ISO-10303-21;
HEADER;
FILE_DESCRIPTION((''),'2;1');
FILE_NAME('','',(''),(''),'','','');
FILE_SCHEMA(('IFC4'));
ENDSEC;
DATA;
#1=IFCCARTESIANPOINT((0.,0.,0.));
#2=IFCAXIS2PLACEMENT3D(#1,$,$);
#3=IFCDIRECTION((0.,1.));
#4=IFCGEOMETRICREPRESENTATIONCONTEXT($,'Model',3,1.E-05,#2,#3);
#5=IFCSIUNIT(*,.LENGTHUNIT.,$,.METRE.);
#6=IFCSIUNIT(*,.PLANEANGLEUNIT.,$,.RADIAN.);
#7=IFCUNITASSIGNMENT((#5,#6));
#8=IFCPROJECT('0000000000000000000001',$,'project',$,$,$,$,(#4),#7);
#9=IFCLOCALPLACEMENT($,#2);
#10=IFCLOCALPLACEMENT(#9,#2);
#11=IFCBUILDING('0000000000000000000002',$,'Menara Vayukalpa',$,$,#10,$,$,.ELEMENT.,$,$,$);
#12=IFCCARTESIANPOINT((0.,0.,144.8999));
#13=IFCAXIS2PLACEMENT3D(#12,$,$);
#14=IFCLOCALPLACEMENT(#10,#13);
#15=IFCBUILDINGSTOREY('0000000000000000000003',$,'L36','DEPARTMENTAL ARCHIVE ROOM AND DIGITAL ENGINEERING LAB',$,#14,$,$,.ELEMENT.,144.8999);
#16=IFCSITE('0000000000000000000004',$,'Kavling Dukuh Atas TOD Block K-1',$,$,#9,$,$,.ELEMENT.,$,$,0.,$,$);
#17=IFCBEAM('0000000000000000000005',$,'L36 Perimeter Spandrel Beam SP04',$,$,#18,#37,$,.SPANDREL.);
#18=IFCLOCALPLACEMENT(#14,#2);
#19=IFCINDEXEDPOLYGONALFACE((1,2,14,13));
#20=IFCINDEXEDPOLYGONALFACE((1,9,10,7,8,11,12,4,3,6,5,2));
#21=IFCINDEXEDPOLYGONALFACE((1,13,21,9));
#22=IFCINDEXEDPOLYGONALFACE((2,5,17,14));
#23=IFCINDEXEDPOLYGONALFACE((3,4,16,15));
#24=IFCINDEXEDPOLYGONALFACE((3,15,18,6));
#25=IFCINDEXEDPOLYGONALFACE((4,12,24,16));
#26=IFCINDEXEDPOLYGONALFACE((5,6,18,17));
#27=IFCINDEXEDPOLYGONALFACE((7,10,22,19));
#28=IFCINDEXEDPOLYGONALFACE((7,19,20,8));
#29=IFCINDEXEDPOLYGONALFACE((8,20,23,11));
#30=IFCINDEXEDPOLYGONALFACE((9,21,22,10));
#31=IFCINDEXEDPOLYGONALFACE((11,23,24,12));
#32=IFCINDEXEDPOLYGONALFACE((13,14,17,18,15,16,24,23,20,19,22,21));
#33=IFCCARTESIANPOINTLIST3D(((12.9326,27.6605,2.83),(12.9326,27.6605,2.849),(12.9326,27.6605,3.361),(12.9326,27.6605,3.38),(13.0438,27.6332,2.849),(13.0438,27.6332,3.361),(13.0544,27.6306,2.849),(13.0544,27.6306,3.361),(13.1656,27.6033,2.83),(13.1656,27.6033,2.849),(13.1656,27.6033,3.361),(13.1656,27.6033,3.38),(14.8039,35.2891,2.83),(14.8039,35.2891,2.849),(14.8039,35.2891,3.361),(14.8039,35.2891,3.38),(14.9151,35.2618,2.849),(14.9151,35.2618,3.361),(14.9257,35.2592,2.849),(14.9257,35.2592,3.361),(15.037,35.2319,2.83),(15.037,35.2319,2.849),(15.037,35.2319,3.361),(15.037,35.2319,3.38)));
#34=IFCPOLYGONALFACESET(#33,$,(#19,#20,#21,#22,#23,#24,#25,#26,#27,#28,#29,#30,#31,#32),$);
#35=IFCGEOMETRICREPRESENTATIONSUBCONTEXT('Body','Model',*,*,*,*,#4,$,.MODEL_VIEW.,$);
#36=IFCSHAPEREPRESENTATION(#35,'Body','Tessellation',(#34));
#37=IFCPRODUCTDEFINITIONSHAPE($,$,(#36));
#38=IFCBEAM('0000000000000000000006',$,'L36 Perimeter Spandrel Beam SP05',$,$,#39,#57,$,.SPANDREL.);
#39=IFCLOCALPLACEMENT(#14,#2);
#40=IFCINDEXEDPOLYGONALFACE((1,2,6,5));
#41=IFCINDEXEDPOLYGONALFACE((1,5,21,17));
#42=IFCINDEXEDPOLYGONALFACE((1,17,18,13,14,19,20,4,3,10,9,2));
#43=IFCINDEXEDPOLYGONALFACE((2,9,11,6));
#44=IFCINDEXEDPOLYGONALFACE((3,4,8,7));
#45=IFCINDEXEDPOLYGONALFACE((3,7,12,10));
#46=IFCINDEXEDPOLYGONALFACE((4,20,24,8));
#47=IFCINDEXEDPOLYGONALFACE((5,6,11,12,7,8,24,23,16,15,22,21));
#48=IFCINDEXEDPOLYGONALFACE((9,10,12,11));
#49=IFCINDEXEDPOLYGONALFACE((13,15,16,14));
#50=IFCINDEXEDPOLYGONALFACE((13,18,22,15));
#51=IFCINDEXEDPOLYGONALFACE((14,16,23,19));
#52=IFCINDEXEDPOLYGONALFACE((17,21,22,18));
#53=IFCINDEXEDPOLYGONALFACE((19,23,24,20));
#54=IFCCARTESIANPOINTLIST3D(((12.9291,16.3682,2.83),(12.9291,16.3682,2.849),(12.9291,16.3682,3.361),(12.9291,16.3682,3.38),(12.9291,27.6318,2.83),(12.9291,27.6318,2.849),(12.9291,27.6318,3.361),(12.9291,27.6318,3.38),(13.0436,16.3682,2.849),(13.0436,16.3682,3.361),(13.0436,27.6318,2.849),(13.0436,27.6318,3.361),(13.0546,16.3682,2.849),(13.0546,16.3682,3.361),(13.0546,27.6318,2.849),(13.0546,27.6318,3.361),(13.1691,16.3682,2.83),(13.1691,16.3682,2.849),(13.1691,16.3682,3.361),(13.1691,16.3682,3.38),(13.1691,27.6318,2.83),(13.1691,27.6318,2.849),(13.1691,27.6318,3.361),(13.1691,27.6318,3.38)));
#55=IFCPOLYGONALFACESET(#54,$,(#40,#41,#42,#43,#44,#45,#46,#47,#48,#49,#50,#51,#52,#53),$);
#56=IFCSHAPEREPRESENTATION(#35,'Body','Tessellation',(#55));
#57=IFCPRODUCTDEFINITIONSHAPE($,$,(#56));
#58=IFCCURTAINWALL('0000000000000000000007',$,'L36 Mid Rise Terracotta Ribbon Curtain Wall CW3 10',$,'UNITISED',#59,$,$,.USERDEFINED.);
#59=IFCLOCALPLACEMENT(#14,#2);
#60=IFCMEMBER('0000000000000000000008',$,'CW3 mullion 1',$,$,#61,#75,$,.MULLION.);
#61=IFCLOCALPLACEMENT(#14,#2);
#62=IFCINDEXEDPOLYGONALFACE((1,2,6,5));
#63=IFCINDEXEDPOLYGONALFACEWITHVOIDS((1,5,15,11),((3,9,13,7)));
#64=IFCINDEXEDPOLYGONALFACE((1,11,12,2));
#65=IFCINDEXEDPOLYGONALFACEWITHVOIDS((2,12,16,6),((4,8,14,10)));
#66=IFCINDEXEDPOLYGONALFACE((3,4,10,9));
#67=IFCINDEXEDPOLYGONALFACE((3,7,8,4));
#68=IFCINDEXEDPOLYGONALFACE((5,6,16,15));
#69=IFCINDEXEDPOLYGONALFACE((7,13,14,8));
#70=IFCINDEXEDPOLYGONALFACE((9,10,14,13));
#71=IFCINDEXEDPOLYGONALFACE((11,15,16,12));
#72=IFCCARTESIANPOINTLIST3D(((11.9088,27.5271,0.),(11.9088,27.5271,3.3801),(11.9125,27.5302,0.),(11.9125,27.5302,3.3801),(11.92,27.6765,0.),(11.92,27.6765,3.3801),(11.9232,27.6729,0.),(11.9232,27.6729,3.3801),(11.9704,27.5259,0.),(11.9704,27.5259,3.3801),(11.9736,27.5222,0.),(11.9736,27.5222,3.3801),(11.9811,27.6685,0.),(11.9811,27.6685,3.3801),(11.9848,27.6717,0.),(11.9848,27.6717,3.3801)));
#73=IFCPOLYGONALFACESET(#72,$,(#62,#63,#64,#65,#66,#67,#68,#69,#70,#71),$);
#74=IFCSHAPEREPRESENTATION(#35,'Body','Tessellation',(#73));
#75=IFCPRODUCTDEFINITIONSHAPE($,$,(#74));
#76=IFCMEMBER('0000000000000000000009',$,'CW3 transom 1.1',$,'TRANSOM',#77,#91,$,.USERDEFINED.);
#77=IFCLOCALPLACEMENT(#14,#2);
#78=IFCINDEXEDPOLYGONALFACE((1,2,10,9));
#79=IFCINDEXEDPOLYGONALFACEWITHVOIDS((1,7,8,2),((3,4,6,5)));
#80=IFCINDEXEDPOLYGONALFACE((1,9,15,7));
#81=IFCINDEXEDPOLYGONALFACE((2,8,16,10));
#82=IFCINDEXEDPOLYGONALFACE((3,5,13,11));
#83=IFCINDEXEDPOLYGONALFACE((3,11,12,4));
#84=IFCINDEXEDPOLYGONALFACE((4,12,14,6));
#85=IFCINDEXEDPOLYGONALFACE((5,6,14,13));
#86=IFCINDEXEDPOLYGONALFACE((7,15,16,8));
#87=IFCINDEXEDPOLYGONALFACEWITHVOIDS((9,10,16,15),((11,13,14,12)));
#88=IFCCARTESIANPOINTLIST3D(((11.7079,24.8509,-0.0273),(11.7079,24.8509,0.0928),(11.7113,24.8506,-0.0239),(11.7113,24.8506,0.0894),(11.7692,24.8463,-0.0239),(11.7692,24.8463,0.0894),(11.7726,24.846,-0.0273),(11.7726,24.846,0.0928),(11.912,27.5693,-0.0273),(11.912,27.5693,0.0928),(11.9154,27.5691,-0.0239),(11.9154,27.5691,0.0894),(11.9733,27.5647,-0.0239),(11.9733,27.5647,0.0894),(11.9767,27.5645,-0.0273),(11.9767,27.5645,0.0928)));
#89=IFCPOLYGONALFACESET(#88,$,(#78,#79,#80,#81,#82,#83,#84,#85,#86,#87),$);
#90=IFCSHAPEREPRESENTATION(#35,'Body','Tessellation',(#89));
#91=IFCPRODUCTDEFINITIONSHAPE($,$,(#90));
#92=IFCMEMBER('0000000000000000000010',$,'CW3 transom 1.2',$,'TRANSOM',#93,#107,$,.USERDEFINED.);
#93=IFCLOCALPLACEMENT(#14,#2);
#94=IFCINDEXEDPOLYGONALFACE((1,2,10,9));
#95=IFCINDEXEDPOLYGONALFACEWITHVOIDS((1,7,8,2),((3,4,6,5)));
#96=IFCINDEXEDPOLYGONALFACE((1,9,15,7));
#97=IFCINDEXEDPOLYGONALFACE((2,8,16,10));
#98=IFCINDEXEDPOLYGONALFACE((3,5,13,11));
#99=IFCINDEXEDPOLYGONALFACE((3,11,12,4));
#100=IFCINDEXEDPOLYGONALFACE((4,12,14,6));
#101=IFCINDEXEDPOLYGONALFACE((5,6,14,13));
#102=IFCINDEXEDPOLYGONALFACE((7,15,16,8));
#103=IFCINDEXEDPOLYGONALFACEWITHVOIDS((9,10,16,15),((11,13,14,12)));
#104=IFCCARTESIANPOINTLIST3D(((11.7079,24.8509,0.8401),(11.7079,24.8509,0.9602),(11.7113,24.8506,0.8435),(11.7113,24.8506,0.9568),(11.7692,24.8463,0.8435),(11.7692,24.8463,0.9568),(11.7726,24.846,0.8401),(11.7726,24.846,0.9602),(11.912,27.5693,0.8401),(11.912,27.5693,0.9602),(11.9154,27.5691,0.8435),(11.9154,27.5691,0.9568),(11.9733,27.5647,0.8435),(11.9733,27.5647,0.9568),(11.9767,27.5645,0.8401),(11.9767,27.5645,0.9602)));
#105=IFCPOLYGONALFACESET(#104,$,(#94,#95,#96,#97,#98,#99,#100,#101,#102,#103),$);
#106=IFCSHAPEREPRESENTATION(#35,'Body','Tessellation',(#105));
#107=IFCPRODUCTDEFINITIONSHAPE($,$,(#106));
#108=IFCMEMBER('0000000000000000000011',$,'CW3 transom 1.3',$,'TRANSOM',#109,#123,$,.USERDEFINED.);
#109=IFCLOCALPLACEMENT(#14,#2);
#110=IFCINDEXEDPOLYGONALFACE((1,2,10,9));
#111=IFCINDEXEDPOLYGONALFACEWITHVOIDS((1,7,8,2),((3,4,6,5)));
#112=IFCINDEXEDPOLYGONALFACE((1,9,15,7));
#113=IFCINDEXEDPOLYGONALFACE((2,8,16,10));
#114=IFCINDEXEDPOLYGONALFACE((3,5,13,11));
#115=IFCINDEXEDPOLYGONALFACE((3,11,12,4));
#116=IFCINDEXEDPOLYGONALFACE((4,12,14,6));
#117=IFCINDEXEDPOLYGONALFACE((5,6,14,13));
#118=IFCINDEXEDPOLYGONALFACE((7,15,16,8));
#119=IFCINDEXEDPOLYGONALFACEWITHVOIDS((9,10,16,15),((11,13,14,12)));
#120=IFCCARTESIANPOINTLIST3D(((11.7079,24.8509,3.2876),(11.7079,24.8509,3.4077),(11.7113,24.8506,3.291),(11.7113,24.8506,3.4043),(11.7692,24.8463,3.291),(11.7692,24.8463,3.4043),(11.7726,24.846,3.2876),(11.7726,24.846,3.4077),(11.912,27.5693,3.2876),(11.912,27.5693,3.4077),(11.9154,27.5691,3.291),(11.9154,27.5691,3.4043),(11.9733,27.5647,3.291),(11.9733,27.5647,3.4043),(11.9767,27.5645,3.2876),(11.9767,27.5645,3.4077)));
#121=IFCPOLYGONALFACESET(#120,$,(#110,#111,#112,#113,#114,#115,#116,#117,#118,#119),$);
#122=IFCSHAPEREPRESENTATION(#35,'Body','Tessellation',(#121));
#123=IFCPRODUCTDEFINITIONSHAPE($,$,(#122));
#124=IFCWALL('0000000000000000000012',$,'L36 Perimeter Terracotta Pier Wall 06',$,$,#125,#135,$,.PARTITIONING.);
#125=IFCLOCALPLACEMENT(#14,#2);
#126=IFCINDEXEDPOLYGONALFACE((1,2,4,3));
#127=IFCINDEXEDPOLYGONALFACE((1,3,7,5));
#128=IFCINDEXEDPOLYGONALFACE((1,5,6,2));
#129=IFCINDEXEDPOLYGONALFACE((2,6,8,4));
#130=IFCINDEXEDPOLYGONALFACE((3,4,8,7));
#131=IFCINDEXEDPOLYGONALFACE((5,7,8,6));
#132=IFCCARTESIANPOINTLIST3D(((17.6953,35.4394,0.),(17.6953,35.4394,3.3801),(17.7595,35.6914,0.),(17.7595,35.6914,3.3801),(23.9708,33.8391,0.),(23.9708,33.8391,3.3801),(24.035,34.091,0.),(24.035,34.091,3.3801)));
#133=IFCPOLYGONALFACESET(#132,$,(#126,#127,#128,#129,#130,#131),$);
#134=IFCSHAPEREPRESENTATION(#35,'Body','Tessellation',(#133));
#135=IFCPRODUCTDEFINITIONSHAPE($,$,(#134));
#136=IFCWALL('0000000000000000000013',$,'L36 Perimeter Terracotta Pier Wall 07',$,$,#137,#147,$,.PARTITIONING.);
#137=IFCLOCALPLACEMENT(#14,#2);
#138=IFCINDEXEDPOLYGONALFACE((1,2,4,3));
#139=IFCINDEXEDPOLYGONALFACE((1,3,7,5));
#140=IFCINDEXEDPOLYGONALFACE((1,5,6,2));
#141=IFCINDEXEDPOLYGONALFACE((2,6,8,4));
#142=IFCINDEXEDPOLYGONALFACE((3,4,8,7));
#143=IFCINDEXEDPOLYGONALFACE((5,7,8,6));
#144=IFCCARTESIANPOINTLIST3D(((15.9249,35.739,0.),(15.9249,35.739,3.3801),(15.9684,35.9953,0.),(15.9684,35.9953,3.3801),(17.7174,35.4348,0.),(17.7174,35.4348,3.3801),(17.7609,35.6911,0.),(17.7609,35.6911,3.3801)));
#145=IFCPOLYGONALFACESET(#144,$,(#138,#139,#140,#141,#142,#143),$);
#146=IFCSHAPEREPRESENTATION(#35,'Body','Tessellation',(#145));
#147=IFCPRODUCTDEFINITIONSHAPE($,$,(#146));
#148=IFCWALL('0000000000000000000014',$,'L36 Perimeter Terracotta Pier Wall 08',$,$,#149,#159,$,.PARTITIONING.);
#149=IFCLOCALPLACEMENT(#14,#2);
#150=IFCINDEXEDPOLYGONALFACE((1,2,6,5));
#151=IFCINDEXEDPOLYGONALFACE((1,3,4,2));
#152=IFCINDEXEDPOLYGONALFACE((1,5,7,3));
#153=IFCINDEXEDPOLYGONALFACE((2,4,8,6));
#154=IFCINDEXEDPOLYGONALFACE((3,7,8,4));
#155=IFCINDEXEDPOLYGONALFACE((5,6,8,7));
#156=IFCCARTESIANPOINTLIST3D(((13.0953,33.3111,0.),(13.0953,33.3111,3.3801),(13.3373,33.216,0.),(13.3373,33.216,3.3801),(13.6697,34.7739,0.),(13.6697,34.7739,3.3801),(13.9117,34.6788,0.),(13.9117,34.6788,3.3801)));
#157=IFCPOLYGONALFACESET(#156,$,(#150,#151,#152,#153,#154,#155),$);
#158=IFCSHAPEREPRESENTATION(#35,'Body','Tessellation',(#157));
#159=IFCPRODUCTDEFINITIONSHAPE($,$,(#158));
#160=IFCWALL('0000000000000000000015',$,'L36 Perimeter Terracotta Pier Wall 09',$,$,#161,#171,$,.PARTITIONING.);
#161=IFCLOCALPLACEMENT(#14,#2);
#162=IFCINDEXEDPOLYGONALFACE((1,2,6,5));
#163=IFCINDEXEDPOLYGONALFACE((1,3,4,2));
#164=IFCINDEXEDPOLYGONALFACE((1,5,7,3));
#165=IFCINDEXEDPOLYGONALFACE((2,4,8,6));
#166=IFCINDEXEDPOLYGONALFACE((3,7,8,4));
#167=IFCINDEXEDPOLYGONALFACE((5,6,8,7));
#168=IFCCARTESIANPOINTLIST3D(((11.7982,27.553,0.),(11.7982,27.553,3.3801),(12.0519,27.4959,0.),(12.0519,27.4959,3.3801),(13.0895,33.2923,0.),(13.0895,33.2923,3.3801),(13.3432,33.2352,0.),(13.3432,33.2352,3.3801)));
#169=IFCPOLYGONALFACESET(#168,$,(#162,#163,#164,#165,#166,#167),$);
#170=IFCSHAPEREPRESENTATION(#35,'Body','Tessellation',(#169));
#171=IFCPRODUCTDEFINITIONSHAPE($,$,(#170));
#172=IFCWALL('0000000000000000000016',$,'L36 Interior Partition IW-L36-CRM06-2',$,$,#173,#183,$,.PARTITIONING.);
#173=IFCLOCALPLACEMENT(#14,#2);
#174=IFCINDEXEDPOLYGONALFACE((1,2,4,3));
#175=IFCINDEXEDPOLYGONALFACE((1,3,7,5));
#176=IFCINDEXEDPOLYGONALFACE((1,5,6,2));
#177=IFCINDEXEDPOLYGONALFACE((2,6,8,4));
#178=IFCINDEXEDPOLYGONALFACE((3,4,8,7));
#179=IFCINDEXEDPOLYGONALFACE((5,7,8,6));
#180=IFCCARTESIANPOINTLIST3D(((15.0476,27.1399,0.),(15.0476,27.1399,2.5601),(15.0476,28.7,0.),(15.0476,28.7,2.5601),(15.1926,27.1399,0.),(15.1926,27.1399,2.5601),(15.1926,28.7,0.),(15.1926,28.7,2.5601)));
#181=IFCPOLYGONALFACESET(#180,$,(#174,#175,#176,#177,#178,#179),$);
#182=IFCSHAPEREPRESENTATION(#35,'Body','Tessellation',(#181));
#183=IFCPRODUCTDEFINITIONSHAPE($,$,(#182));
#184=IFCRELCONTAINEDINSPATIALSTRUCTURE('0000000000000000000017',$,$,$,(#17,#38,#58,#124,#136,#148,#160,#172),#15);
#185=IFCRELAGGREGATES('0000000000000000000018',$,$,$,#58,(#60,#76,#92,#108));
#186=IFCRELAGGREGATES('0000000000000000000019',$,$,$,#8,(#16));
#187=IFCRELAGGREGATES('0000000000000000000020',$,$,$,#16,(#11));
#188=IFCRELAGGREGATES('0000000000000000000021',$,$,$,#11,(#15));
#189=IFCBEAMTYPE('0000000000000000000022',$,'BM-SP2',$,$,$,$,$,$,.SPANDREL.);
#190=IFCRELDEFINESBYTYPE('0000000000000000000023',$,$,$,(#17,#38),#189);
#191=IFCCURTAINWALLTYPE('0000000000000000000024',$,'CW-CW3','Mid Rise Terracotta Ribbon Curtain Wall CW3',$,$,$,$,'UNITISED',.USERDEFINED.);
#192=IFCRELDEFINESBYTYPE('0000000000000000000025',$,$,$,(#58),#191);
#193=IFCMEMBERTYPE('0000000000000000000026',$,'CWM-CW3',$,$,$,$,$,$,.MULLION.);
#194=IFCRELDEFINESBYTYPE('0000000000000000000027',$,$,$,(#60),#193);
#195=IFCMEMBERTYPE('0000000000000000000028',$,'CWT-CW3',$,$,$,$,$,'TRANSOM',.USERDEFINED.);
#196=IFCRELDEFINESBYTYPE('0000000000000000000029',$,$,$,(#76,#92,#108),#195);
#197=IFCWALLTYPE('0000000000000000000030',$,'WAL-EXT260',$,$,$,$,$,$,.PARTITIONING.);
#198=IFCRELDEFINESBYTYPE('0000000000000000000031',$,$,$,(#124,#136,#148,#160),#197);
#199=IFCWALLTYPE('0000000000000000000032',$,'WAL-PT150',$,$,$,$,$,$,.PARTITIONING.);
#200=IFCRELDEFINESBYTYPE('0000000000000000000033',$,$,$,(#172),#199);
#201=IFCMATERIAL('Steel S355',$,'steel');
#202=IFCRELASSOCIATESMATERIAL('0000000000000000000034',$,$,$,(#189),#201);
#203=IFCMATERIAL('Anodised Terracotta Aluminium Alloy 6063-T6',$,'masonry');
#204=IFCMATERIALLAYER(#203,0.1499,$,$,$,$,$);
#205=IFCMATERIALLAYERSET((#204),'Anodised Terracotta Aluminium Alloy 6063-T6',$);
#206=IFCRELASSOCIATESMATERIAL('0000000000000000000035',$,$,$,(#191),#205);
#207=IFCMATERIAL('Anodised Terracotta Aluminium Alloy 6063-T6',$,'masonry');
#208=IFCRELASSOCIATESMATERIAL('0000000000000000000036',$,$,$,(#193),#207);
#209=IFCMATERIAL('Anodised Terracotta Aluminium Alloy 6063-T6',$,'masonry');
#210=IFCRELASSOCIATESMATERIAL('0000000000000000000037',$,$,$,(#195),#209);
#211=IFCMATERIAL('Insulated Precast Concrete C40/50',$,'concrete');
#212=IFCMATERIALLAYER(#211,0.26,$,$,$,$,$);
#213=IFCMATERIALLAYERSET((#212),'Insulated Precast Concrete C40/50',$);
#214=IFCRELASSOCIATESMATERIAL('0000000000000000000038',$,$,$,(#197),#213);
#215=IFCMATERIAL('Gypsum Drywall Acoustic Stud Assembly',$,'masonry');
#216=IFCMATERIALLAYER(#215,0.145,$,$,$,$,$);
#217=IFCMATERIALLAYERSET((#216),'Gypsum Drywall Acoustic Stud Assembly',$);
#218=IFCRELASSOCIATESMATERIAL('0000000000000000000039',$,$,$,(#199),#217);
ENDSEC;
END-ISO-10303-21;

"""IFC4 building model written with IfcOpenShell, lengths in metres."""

from ifc_helpers import new_model, si_unit, direction, frame, frame_2d, origin, origin_2d, place, context, subcontext, project, spatial, rectangle, hollow_rectangle, i_section, extrude, material, layer, layer_set, material_profile, profile_set, type_object, element, aggregate, save


model = new_model("IFC4")

# Units and contexts
model_context = context("Model", 3, precision=1e-05, world=origin(), true_north=direction((0.0, 1.0)))
body_context = subcontext(model_context, "Body", "Model", "MODEL_VIEW")
ifc_project = project(units=[si_unit("LENGTHUNIT", "METRE"), si_unit("PLANEANGLEUNIT", "RADIAN")], contexts=[model_context])

# Site, building, storey
site_placement = place(None, origin())
site = spatial("IfcSite", under=ifc_project, at=site_placement, Name="Kavling Dukuh Atas TOD Block K-1", CompositionType="ELEMENT", RefElevation=0.0)
building_placement = place(site_placement, origin())
building = spatial("IfcBuilding", under=site, at=building_placement, Name="Menara Vayukalpa", CompositionType="ELEMENT")
storey_placement = place(building_placement, frame((0.0, 0.0, 144.8999)))
storey = spatial("IfcBuildingStorey", under=building, at=storey_placement, Name="L36", Description="DEPARTMENTAL ARCHIVE ROOM AND DIGITAL ENGINEERING LAB", CompositionType="ELEMENT", Elevation=144.8999)

# Beams
ifc_material_1 = material(Name="Steel S355", Category="steel")
ifc_material_profile_1 = material_profile(ifc_material_1, i_section(OverallWidth=0.24, OverallDepth=0.55, WebThickness=0.011, FlangeThickness=0.019, at=origin_2d()), Name="WF 550x240x11x19")
ifc_profile_set_1 = profile_set([ifc_material_profile_1], Name="Steel S355")
beam_type_1 = type_object("IfcBeamType", Name="BM-SP2", PredefinedType="SPANDREL", material=ifc_profile_set_1)
beam_1_placement = place(storey_placement, frame((14.9204, 35.2605, 3.105), z_axis=(-0.23824, -0.971206, 0.0), x_axis=(0.971206, -0.23824, 0.0)))
element("IfcBeam", 1, at=beam_1_placement, inside=storey, type_object=beam_type_1, Name="L36 Perimeter Spandrel Beam SP04", PredefinedType="SPANDREL", context=body_context, shape_type="SweptSolid", body=[
    extrude(i_section(OverallWidth=0.24, OverallDepth=0.55, WebThickness=0.011, FlangeThickness=0.019, at=origin_2d()), origin(), (0.0, 0.0, 1.0), 7.8547),
])
beam_2_placement = place(storey_placement, frame((13.0491, 27.6318, 3.105), z_axis=(0.0, -1.0, 0.0), x_axis=(1.0, 0.0, 0.0)))
element("IfcBeam", 2, at=beam_2_placement, inside=storey, type_object=beam_type_1, Name="L36 Perimeter Spandrel Beam SP05", PredefinedType="SPANDREL", context=body_context, shape_type="SweptSolid", body=[
    extrude(i_section(OverallWidth=0.24, OverallDepth=0.55, WebThickness=0.011, FlangeThickness=0.019, at=origin_2d()), origin(), (0.0, 0.0, 1.0), 11.2637),
])

# Curtain wall, members
ifc_material_2 = material(Name="Anodised Terracotta Aluminium Alloy 6063-T6", Category="masonry")
ifc_layer_1 = layer(ifc_material_2, 0.1499)
ifc_layer_set_1 = layer_set([ifc_layer_1], Name="Anodised Terracotta Aluminium Alloy 6063-T6")
curtain_wall_type = type_object("IfcCurtainWallType", Name="CW-CW3", Description="Mid Rise Terracotta Ribbon Curtain Wall CW3", ElementType="UNITISED", PredefinedType="USERDEFINED", material=ifc_layer_set_1)
curtain_wall_placement = place(storey_placement, origin())
curtain_wall = element("IfcCurtainWall", 3, at=curtain_wall_placement, inside=storey, type_object=curtain_wall_type, Name="L36 Mid Rise Terracotta Ribbon Curtain Wall CW3 10", ObjectType="UNITISED", PredefinedType="USERDEFINED")
ifc_material_3 = material(Name="Anodised Terracotta Aluminium Alloy 6063-T6", Category="masonry")
ifc_material_profile_2 = material_profile(ifc_material_3, hollow_rectangle(XDim=0.0649, YDim=0.1499, WallThickness=0.0034, at=origin_2d()), Name="ALU 65x150x3.5")
ifc_profile_set_2 = profile_set([ifc_material_profile_2], Name="Anodised Terracotta Aluminium Alloy 6063-T6")
member_type_1 = type_object("IfcMemberType", Name="CWM-CW3", PredefinedType="MULLION", material=ifc_profile_set_2)
member_1_placement = place(storey_placement, frame((11.9468, 27.5994, 0.0), z_axis=(0.0, 0.0, 1.0), x_axis=(0.997199, -0.074793, 0.0)))
member_1 = element("IfcMember", 4, at=member_1_placement, type_object=member_type_1, Name="CW3 mullion 1", PredefinedType="MULLION", context=body_context, shape_type="SweptSolid", body=[
    extrude(hollow_rectangle(XDim=0.0649, YDim=0.1499, WallThickness=0.0034, at=origin_2d()), origin(), (0.0, 0.0, 1.0), 3.3801),
])
ifc_material_4 = material(Name="Anodised Terracotta Aluminium Alloy 6063-T6", Category="masonry")
ifc_material_profile_3 = material_profile(ifc_material_4, hollow_rectangle(XDim=0.0649, YDim=0.1201, WallThickness=0.0034, at=origin_2d()), Name="ALU 65x120x3.5")
ifc_profile_set_3 = profile_set([ifc_material_profile_3], Name="Anodised Terracotta Aluminium Alloy 6063-T6")
member_type_2 = type_object("IfcMemberType", Name="CWT-CW3", ElementType="TRANSOM", PredefinedType="USERDEFINED", material=ifc_profile_set_3)
member_2_placement = place(storey_placement, frame((11.9443, 27.5669, 0.0327), z_axis=(-0.074868, -0.997193, 0.0), x_axis=(0.997193, -0.074868, 0.0)))
member_2 = element("IfcMember", 5, at=member_2_placement, type_object=member_type_2, Name="CW3 transom 1.1", ObjectType="TRANSOM", PredefinedType="USERDEFINED", context=body_context, shape_type="SweptSolid", body=[
    extrude(hollow_rectangle(XDim=0.0649, YDim=0.1201, WallThickness=0.0034, at=origin_2d()), origin(), (0.0, 0.0, 1.0), 2.7261),
])
member_3_placement = place(storey_placement, frame((11.9443, 27.5669, 0.9001), z_axis=(-0.074868, -0.997193, 0.0), x_axis=(0.997193, -0.074868, 0.0)))
member_3 = element("IfcMember", 6, at=member_3_placement, type_object=member_type_2, Name="CW3 transom 1.2", ObjectType="TRANSOM", PredefinedType="USERDEFINED", context=body_context, shape_type="SweptSolid", body=[
    extrude(hollow_rectangle(XDim=0.0649, YDim=0.1201, WallThickness=0.0034, at=origin_2d()), origin(), (0.0, 0.0, 1.0), 2.7261),
])
member_4_placement = place(storey_placement, frame((11.9443, 27.5669, 3.3477), z_axis=(-0.074868, -0.997193, 0.0), x_axis=(0.997193, -0.074868, 0.0)))
member_4 = element("IfcMember", 7, at=member_4_placement, type_object=member_type_2, Name="CW3 transom 1.3", ObjectType="TRANSOM", PredefinedType="USERDEFINED", context=body_context, shape_type="SweptSolid", body=[
    extrude(hollow_rectangle(XDim=0.0649, YDim=0.1201, WallThickness=0.0034, at=origin_2d()), origin(), (0.0, 0.0, 1.0), 2.7261),
])
aggregate(curtain_wall, [member_1, member_2, member_3, member_4])

# Walls
ifc_material_5 = material(Name="Insulated Precast Concrete C40/50", Category="concrete")
ifc_layer_2 = layer(ifc_material_5, 0.26)
ifc_layer_set_2 = layer_set([ifc_layer_2], Name="Insulated Precast Concrete C40/50")
wall_type_1 = type_object("IfcWallType", Name="WAL-EXT260", PredefinedType="PARTITIONING", material=ifc_layer_set_2)
wall_1_placement = place(storey_placement, frame((17.7273, 35.5654, 0.0), z_axis=(0.0, 0.0, 1.0), x_axis=(0.968987, -0.24711, 0.0)))
element("IfcWall", 8, at=wall_1_placement, inside=storey, type_object=wall_type_1, Name="L36 Perimeter Terracotta Pier Wall 06", PredefinedType="PARTITIONING", context=body_context, shape_type="SweptSolid", body=[
    extrude(rectangle(XDim=6.4763, YDim=0.26, at=frame_2d((3.2383, 0.0))), origin(), (0.0, 0.0, 1.0), 3.3801),
])
wall_2_placement = place(storey_placement, frame((15.9465, 35.8672, 0.0), z_axis=(0.0, 0.0, 1.0), x_axis=(0.985903, -0.167316, 0.0)))
element("IfcWall", 9, at=wall_2_placement, inside=storey, type_object=wall_type_1, Name="L36 Perimeter Terracotta Pier Wall 07", PredefinedType="PARTITIONING", context=body_context, shape_type="SweptSolid", body=[
    extrude(rectangle(XDim=1.8181, YDim=0.26, at=frame_2d((0.9092, 0.0))), origin(), (0.0, 0.0, 1.0), 3.3801),
])
wall_3_placement = place(storey_placement, frame((13.2163, 33.2637, 0.0), z_axis=(0.0, 0.0, 1.0), x_axis=(0.365518, 0.930804, 0.0)))
element("IfcWall", 10, at=wall_3_placement, inside=storey, type_object=wall_type_1, Name="L36 Perimeter Terracotta Pier Wall 08", PredefinedType="PARTITIONING", context=body_context, shape_type="SweptSolid", body=[
    extrude(rectangle(XDim=1.5715, YDim=0.26, at=frame_2d((0.7856, 0.0))), origin(), (0.0, 0.0, 1.0), 3.3801),
])
wall_4_placement = place(storey_placement, frame((11.925, 27.5244, 0.0), z_axis=(0.0, 0.0, 1.0), x_axis=(0.2195, 0.975612, 0.0)))
element("IfcWall", 11, at=wall_4_placement, inside=storey, type_object=wall_type_1, Name="L36 Perimeter Terracotta Pier Wall 09", PredefinedType="PARTITIONING", context=body_context, shape_type="SweptSolid", body=[
    extrude(rectangle(XDim=5.8828, YDim=0.26, at=frame_2d((2.9414, 0.0))), origin(), (0.0, 0.0, 1.0), 3.3801),
])
ifc_material_6 = material(Name="Gypsum Drywall Acoustic Stud Assembly", Category="masonry")
ifc_layer_3 = layer(ifc_material_6, 0.145)
ifc_layer_set_3 = layer_set([ifc_layer_3], Name="Gypsum Drywall Acoustic Stud Assembly")
wall_type_2 = type_object("IfcWallType", Name="WAL-PT150", PredefinedType="PARTITIONING", material=ifc_layer_set_3)
wall_5_placement = place(storey_placement, frame((15.1201, 28.7, 0.0), z_axis=(0.0, 0.0, 1.0), x_axis=(0.0, -1.0, 0.0)))
element("IfcWall", 12, at=wall_5_placement, inside=storey, type_object=wall_type_2, Name="L36 Interior Partition IW-L36-CRM06-2", PredefinedType="PARTITIONING", context=body_context, shape_type="SweptSolid", body=[
    extrude(rectangle(XDim=1.5601, YDim=0.145, at=frame_2d((0.78, 0.0))), origin(), (0.0, 0.0, 1.0), 2.5601),
])

save(model, "model.ifc")
